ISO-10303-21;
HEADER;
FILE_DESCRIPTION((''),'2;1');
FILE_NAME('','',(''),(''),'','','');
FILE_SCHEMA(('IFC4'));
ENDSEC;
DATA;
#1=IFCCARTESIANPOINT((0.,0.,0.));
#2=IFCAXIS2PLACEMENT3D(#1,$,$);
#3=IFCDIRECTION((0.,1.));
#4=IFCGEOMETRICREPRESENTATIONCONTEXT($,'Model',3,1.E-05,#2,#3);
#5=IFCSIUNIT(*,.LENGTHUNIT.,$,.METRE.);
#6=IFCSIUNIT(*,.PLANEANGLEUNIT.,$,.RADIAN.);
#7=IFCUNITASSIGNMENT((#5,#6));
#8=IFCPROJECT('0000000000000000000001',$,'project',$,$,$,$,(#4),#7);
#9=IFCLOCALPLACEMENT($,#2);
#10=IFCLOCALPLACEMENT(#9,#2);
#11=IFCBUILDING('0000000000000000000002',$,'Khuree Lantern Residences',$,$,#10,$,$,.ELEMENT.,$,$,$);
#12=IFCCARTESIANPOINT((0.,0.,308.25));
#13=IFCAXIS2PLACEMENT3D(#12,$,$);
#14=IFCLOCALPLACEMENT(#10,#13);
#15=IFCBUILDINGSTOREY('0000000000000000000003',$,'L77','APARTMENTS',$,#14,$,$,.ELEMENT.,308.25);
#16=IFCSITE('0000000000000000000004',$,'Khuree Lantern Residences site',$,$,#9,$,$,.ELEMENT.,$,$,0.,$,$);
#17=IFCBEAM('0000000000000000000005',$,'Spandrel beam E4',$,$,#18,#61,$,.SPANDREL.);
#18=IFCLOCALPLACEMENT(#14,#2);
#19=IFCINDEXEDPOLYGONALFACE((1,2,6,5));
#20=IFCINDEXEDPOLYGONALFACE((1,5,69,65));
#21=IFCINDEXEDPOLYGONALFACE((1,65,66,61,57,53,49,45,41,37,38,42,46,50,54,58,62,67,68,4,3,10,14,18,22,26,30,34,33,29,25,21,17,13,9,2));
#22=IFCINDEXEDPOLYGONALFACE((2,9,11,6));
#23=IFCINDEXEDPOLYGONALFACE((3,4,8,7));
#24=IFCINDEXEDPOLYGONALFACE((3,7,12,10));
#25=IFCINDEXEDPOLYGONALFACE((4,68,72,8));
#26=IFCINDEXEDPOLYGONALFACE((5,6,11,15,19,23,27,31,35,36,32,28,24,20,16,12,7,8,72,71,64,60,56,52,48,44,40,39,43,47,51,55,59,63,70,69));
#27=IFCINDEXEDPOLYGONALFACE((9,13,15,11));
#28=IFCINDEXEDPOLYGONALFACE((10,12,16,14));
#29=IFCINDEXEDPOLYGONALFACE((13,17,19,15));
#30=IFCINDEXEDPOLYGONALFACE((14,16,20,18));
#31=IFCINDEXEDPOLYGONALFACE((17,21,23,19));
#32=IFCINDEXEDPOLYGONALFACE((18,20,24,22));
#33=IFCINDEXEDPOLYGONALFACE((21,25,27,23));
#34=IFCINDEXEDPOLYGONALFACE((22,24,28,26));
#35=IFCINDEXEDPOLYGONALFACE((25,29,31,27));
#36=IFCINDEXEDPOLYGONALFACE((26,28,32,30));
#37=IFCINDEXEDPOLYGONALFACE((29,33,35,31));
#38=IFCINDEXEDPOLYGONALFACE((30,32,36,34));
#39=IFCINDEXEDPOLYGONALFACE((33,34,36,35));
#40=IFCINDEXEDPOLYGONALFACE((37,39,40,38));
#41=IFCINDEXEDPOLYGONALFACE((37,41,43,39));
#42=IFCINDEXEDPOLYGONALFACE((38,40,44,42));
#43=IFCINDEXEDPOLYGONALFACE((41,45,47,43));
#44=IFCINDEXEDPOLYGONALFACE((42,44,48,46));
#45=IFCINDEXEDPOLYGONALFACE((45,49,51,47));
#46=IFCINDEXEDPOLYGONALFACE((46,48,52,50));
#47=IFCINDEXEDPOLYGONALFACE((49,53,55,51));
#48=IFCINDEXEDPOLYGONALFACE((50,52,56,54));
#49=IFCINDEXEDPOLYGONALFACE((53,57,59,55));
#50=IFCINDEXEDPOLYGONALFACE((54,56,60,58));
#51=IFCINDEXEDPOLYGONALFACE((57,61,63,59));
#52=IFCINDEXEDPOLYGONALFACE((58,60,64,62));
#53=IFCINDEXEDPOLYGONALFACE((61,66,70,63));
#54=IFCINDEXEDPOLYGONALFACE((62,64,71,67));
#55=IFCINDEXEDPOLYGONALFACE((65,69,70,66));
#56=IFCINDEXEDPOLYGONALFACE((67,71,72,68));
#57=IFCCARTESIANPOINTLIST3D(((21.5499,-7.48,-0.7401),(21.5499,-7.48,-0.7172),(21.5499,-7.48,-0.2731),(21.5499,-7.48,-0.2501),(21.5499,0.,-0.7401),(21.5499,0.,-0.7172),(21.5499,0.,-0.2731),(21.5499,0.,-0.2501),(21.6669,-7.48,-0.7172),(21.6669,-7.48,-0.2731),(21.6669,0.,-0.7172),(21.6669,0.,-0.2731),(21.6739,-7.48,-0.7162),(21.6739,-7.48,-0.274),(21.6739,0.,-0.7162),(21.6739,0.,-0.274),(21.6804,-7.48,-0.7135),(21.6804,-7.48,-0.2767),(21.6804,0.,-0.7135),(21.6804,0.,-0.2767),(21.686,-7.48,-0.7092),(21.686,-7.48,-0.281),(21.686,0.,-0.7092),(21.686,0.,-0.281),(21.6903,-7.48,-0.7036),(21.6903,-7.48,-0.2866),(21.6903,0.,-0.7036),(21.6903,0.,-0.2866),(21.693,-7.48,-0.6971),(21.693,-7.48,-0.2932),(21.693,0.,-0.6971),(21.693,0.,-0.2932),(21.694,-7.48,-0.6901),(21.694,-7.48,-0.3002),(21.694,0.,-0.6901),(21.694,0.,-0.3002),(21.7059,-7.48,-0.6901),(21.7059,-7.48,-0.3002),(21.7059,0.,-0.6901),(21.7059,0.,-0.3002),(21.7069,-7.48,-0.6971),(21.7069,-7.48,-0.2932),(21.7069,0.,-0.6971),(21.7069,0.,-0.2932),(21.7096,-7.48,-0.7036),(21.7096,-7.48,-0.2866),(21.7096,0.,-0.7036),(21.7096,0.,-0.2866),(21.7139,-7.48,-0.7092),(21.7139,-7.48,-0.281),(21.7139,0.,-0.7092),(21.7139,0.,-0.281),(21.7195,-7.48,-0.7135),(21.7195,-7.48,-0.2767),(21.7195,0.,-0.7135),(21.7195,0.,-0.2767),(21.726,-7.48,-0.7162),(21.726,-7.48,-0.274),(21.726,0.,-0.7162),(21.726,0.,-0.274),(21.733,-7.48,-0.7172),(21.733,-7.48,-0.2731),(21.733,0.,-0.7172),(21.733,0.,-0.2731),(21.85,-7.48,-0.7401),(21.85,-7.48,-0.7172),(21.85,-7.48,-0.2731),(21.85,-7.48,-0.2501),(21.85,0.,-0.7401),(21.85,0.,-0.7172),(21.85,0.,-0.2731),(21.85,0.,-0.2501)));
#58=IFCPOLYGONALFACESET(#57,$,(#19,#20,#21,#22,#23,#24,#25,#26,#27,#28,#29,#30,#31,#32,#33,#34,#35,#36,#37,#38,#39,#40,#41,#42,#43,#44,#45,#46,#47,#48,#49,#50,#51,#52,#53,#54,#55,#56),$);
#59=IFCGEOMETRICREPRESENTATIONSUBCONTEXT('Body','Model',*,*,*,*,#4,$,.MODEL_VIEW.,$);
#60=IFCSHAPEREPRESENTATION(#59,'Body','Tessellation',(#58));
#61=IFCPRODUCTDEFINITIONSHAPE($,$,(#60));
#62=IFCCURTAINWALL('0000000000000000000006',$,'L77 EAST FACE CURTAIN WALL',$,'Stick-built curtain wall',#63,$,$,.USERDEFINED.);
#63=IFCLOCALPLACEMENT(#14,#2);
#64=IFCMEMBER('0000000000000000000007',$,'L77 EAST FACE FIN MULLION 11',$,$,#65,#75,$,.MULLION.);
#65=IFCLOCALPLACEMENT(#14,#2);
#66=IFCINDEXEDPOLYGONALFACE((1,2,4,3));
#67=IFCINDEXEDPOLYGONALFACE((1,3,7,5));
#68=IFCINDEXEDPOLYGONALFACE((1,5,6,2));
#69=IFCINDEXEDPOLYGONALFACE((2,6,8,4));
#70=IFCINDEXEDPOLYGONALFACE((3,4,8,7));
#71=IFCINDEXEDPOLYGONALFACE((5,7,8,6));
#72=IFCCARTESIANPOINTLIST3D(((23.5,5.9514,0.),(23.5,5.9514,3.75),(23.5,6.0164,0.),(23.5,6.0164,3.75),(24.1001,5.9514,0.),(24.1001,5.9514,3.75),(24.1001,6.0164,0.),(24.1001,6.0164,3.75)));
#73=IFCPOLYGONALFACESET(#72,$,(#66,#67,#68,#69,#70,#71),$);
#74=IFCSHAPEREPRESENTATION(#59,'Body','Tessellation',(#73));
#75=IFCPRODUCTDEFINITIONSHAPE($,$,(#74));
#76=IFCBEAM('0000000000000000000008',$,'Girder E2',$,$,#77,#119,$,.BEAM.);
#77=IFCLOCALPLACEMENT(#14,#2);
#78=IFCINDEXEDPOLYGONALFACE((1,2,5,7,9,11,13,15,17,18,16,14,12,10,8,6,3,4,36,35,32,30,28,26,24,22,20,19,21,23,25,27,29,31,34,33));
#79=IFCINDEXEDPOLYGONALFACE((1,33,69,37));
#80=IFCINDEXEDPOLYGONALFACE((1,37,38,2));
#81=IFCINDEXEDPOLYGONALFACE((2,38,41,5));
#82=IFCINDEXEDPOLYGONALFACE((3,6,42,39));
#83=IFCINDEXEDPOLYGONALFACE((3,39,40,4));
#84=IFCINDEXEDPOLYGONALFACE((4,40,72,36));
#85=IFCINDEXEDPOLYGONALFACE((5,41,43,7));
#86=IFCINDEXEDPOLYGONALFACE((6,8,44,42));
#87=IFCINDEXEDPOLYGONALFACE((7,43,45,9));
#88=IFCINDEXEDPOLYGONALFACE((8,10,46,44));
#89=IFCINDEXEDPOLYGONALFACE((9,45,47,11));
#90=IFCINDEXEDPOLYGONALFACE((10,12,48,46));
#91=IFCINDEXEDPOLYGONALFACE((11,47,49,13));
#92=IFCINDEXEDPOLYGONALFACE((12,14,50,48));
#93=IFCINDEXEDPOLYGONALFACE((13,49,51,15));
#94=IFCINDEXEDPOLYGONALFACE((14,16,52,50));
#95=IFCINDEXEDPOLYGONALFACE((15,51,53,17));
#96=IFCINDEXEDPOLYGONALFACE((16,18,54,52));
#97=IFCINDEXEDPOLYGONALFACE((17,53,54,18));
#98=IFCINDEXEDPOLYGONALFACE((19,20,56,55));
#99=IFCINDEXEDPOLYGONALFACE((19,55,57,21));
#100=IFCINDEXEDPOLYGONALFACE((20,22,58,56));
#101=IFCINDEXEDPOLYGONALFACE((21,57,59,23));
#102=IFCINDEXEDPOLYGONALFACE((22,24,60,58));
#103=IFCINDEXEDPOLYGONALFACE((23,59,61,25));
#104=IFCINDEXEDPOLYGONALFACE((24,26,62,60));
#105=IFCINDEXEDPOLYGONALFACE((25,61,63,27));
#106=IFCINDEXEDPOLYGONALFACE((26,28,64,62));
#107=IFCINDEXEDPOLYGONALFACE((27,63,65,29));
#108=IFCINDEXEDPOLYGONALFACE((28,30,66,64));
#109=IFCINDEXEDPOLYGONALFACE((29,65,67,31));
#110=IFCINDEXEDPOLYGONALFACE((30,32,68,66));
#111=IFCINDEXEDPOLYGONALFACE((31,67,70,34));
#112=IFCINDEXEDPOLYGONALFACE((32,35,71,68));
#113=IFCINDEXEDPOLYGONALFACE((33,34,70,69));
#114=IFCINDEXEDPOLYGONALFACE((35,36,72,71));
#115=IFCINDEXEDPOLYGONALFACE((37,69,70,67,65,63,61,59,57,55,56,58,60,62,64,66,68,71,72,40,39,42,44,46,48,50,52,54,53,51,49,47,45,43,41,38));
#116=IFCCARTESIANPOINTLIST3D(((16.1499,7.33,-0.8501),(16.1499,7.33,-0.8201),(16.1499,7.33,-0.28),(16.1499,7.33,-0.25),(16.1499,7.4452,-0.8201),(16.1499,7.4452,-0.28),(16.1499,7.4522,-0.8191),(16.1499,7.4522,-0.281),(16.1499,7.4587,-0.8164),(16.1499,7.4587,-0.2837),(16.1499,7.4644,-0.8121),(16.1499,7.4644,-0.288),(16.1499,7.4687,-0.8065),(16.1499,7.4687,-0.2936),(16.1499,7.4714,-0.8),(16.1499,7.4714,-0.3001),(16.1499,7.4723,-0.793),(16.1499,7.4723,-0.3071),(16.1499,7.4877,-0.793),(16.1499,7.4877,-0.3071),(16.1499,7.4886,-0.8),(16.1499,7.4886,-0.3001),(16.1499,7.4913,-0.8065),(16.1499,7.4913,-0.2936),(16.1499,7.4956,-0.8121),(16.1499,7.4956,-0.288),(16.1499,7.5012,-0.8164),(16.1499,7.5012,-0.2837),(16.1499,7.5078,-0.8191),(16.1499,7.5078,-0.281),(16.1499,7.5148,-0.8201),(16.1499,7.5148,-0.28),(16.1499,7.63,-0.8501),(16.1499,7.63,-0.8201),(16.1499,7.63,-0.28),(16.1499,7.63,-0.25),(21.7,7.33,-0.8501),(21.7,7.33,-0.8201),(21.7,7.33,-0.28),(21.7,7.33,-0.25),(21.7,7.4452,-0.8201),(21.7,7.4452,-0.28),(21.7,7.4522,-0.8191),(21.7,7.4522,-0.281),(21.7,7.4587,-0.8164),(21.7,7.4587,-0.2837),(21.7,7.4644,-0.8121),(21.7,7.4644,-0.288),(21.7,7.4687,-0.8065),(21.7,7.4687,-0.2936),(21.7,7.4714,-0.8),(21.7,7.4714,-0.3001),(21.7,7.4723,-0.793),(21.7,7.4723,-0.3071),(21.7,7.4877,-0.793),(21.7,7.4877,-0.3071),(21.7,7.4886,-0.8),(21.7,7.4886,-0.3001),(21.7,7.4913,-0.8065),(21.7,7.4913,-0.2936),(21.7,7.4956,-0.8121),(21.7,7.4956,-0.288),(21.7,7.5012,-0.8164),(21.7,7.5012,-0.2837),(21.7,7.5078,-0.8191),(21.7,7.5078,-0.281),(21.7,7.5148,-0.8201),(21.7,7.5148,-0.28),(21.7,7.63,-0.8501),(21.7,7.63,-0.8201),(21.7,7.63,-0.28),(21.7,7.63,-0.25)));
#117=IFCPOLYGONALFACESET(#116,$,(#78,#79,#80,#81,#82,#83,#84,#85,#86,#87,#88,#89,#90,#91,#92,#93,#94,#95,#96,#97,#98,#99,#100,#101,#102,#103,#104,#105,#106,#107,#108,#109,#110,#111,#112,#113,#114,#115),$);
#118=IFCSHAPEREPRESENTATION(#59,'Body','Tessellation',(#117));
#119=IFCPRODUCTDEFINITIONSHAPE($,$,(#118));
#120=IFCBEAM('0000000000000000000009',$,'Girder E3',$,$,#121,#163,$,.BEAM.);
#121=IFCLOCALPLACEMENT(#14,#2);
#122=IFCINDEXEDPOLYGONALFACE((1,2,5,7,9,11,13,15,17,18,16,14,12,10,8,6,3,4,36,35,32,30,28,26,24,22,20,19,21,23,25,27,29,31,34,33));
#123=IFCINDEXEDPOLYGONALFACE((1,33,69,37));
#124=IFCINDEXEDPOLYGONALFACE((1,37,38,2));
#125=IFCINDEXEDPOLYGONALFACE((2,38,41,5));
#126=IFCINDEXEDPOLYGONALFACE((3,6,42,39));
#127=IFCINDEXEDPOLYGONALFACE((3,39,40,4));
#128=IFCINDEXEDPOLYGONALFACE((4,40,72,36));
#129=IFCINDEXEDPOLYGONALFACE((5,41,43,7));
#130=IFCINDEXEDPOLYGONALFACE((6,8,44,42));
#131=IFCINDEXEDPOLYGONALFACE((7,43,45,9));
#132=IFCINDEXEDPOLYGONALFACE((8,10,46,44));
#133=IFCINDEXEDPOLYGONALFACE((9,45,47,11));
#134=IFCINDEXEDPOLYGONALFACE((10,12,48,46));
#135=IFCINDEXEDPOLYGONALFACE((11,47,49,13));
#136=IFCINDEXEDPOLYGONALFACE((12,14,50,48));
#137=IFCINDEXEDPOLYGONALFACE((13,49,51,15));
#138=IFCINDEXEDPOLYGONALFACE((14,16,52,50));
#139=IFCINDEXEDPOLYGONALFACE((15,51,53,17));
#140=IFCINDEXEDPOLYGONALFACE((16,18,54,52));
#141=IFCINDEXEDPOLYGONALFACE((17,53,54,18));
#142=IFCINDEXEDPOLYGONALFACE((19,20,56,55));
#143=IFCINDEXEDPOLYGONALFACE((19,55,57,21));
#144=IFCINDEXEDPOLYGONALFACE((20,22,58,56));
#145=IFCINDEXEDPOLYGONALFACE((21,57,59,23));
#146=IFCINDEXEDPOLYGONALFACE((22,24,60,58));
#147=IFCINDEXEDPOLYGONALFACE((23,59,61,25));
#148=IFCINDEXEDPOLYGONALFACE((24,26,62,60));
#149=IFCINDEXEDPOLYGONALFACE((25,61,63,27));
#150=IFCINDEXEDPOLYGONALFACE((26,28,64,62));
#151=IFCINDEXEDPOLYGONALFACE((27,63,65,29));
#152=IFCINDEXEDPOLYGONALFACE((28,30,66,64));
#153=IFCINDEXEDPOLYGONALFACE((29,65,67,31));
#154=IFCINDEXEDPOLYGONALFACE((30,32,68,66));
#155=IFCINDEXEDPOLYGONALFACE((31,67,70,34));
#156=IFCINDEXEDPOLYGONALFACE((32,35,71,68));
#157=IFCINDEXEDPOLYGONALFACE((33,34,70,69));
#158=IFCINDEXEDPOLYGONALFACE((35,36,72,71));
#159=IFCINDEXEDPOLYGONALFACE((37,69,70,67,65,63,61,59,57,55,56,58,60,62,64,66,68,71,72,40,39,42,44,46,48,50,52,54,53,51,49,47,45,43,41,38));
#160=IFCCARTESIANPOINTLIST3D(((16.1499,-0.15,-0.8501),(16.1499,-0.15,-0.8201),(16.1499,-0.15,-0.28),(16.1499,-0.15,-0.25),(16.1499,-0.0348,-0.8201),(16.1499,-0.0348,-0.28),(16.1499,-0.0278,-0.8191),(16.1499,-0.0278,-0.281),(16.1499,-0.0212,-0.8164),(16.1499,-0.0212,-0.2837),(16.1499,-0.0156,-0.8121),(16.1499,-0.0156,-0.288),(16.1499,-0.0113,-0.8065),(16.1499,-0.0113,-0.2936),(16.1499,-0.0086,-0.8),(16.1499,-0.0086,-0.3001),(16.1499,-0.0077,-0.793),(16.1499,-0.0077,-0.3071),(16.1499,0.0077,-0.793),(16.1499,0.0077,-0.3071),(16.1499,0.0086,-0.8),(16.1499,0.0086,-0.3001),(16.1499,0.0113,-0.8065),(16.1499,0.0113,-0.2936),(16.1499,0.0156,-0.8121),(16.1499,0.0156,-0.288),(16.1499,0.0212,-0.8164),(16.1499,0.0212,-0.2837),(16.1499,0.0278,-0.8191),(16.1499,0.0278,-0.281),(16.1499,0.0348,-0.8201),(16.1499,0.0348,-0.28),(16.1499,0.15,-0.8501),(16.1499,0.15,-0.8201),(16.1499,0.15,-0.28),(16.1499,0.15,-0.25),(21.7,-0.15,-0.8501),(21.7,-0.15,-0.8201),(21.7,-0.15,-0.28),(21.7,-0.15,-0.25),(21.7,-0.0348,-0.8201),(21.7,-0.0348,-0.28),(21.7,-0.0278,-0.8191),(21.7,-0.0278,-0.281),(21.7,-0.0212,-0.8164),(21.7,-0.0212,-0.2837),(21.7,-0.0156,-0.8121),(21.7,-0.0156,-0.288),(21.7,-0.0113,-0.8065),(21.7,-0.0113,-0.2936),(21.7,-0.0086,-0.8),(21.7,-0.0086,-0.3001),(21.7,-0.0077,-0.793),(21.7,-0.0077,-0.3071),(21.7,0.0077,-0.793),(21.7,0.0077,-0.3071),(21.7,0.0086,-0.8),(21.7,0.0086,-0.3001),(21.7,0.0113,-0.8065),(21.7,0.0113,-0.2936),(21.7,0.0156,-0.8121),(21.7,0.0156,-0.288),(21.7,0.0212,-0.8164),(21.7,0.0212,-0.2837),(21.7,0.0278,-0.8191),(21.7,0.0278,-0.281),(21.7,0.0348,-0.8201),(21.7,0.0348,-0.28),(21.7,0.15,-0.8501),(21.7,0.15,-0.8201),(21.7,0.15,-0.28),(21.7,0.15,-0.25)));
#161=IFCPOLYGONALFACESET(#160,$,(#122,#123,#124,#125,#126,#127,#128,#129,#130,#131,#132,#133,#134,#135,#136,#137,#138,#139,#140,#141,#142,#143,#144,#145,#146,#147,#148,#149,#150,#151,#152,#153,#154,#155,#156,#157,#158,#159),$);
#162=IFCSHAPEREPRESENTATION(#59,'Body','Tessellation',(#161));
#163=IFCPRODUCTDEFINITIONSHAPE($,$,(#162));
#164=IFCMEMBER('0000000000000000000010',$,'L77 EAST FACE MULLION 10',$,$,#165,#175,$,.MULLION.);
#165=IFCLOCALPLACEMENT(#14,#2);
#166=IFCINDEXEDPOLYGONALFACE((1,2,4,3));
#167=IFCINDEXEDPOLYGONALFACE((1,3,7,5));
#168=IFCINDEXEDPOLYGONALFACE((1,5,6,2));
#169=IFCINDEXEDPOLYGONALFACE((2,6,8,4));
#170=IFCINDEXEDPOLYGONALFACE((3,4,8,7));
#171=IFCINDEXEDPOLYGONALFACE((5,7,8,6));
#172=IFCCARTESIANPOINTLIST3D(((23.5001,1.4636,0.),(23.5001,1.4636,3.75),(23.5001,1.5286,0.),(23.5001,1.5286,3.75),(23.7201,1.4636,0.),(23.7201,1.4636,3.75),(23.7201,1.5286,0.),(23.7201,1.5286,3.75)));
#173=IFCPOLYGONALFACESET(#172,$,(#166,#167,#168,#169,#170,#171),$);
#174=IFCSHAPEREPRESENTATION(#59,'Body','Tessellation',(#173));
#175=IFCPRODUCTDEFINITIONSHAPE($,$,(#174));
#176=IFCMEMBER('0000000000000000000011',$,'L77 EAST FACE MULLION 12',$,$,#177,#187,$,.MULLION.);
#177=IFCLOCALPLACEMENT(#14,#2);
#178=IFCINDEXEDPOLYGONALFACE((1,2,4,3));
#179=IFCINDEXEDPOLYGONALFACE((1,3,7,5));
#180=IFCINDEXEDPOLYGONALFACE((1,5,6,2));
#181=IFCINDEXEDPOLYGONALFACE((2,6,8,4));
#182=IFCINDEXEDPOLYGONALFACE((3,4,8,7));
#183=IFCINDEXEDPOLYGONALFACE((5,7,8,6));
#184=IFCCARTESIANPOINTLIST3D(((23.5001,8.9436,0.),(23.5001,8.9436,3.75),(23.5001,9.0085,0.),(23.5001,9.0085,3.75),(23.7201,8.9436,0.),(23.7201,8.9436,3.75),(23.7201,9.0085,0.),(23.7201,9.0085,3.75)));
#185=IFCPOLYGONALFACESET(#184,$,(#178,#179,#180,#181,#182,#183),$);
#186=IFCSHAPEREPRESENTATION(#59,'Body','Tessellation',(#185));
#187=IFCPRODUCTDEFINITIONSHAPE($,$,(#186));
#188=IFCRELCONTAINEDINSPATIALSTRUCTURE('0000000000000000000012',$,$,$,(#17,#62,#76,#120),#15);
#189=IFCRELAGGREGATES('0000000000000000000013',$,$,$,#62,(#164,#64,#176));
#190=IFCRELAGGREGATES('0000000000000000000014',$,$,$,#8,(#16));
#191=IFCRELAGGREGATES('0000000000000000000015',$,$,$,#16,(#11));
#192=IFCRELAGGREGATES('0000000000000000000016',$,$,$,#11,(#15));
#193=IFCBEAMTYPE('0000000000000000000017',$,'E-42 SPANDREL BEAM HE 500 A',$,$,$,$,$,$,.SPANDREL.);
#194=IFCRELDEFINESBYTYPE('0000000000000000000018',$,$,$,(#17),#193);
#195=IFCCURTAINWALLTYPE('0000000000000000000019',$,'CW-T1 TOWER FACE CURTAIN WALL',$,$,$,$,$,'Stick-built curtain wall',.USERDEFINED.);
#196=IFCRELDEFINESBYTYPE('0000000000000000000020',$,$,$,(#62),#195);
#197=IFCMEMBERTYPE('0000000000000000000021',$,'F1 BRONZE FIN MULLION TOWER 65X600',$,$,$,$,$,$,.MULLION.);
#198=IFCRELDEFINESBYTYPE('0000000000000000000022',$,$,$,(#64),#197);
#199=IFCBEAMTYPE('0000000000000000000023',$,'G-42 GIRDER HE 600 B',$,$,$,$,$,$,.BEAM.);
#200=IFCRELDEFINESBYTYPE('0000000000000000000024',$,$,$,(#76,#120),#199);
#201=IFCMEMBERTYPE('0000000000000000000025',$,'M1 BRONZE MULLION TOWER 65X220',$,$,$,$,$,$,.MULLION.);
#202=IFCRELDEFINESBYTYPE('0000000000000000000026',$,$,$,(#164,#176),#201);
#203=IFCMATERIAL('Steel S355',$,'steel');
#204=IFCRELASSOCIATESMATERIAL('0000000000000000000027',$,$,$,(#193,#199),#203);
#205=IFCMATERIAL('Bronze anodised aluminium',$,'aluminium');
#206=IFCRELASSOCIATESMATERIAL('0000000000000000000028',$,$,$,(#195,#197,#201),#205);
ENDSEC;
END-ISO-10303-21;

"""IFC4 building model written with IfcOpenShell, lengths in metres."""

from ifc_helpers import new_model, si_unit, direction, frame, origin, origin_2d, place, context, subcontext, project, spatial, rectangle, i_section, extrude, material, material_profile, profile_set, type_object, element, aggregate, save


model = new_model("IFC4")

# Units and contexts
model_context = context("Model", 3, precision=1e-05, world=origin(), true_north=direction((0.0, 1.0)))
body_context = subcontext(model_context, "Body", "Model", "MODEL_VIEW")
ifc_project = project(units=[si_unit("LENGTHUNIT", "METRE"), si_unit("PLANEANGLEUNIT", "RADIAN")], contexts=[model_context])

# Site, building, storey
site_placement = place(None, origin())
site = spatial("IfcSite", under=ifc_project, at=site_placement, Name="Khuree Lantern Residences site", CompositionType="ELEMENT", RefElevation=0.0)
building_placement = place(site_placement, origin())
building = spatial("IfcBuilding", under=site, at=building_placement, Name="Khuree Lantern Residences", CompositionType="ELEMENT")
storey_placement = place(building_placement, frame((0.0, 0.0, 308.25)))
storey = spatial("IfcBuildingStorey", under=building, at=storey_placement, Name="L77", Description="APARTMENTS", CompositionType="ELEMENT", Elevation=308.25)

# Beam
ifc_material_1 = material(Name="Steel S355", Category="steel")
ifc_material_profile_1 = material_profile(ifc_material_1, i_section(OverallWidth=0.3, OverallDepth=0.49, WebThickness=0.012, FlangeThickness=0.0229, FilletRadius=0.0271, at=origin_2d()), Name="HE 500 A")
ifc_profile_set_1 = profile_set([ifc_material_profile_1], Name="Steel S355")
beam_type_1 = type_object("IfcBeamType", Name="E-42 SPANDREL BEAM HE 500 A", PredefinedType="SPANDREL", material=ifc_profile_set_1)
for number, where, z_axis, x_axis, name in (
    (1, (21.7, 0.0, -0.4951), (0.0, -1.0, 0.0), (1.0, 0.0, 0.0), "Spandrel beam E4"),
):
    element("IfcBeam", number, at=place(storey_placement, frame(where, z_axis=z_axis, x_axis=x_axis)), inside=storey, type_object=beam_type_1, Name=name, PredefinedType="SPANDREL", context=body_context, shape_type="SweptSolid", body=[
        extrude(i_section(OverallWidth=0.3, OverallDepth=0.49, WebThickness=0.012, FlangeThickness=0.0229, FilletRadius=0.0271, at=origin_2d()), origin(), (0.0, 0.0, 1.0), 7.48),
    ])

# Curtain wall, member
ifc_material_2 = material(Name="Bronze anodised aluminium", Category="aluminium")
curtain_wall_type = type_object("IfcCurtainWallType", Name="CW-T1 TOWER FACE CURTAIN WALL", ElementType="Stick-built curtain wall", PredefinedType="USERDEFINED", material=ifc_material_2)
curtain_wall_placement = place(storey_placement, origin())
curtain_wall = element("IfcCurtainWall", 2, at=curtain_wall_placement, inside=storey, type_object=curtain_wall_type, Name="L77 EAST FACE CURTAIN WALL", ObjectType="Stick-built curtain wall", PredefinedType="USERDEFINED")
ifc_material_profile_2 = material_profile(ifc_material_2, rectangle(XDim=0.0649, YDim=0.6001, at=origin_2d()), Name="F1 65X600")
ifc_profile_set_2 = profile_set([ifc_material_profile_2], Name="Bronze anodised aluminium")
member_type_1 = type_object("IfcMemberType", Name="F1 BRONZE FIN MULLION TOWER 65X600", PredefinedType="MULLION", material=ifc_profile_set_2)
member_1_placement = place(storey_placement, frame((23.8, 5.9839, 0.0), z_axis=(0.0, 0.0, 1.0), x_axis=(0.0, 1.0, 0.0)))
member_1 = element("IfcMember", 3, at=member_1_placement, type_object=member_type_1, Name="L77 EAST FACE FIN MULLION 11", PredefinedType="MULLION", context=body_context, shape_type="SweptSolid", body=[
    extrude(rectangle(XDim=0.0649, YDim=0.6001, at=origin_2d()), origin(), (0.0, 0.0, 1.0), 3.75),
])

# Beams
ifc_material_profile_3 = material_profile(ifc_material_1, i_section(OverallWidth=0.3, OverallDepth=0.6001, WebThickness=0.0154, FlangeThickness=0.03, FilletRadius=0.0271, at=origin_2d()), Name="HE 600 B")
ifc_profile_set_3 = profile_set([ifc_material_profile_3], Name="Steel S355")
beam_type_2 = type_object("IfcBeamType", Name="G-42 GIRDER HE 600 B", PredefinedType="BEAM", material=ifc_profile_set_3)
for number, where, z_axis, x_axis, name in (
    (4, (21.7, 7.48, -0.55), (-1.0, 0.0, 0.0), (0.0, -1.0, 0.0), "Girder E2"),
    (5, (21.7, 0.0, -0.55), (-1.0, 0.0, 0.0), (0.0, -1.0, 0.0), "Girder E3"),
):
    element("IfcBeam", number, at=place(storey_placement, frame(where, z_axis=z_axis, x_axis=x_axis)), inside=storey, type_object=beam_type_2, Name=name, PredefinedType="BEAM", context=body_context, shape_type="SweptSolid", body=[
        extrude(i_section(OverallWidth=0.3, OverallDepth=0.6001, WebThickness=0.0154, FlangeThickness=0.03, FilletRadius=0.0271, at=origin_2d()), origin(), (0.0, 0.0, 1.0), 5.55),
    ])

# Members
ifc_material_profile_4 = material_profile(ifc_material_2, rectangle(XDim=0.0649, YDim=0.22, at=origin_2d()), Name="M1 65X220")
ifc_profile_set_4 = profile_set([ifc_material_profile_4], Name="Bronze anodised aluminium")
member_type_2 = type_object("IfcMemberType", Name="M1 BRONZE MULLION TOWER 65X220", PredefinedType="MULLION", material=ifc_profile_set_4)
member_2_placement = place(storey_placement, frame((23.6101, 1.4961, 0.0), z_axis=(0.0, 0.0, 1.0), x_axis=(0.0, 1.0, 0.0)))
member_2 = element("IfcMember", 6, at=member_2_placement, type_object=member_type_2, Name="L77 EAST FACE MULLION 10", PredefinedType="MULLION", context=body_context, shape_type="SweptSolid", body=[
    extrude(rectangle(XDim=0.0649, YDim=0.22, at=origin_2d()), origin(), (0.0, 0.0, 1.0), 3.75),
])
member_3_placement = place(storey_placement, frame((23.6101, 8.9761, 0.0), z_axis=(0.0, 0.0, 1.0), x_axis=(0.0, 1.0, 0.0)))
member_3 = element("IfcMember", 7, at=member_3_placement, type_object=member_type_2, Name="L77 EAST FACE MULLION 12", PredefinedType="MULLION", context=body_context, shape_type="SweptSolid", body=[
    extrude(rectangle(XDim=0.0649, YDim=0.22, at=origin_2d()), origin(), (0.0, 0.0, 1.0), 3.75),
])

aggregate(curtain_wall, [member_2, member_1, member_3])

save(model, "model.ifc")
